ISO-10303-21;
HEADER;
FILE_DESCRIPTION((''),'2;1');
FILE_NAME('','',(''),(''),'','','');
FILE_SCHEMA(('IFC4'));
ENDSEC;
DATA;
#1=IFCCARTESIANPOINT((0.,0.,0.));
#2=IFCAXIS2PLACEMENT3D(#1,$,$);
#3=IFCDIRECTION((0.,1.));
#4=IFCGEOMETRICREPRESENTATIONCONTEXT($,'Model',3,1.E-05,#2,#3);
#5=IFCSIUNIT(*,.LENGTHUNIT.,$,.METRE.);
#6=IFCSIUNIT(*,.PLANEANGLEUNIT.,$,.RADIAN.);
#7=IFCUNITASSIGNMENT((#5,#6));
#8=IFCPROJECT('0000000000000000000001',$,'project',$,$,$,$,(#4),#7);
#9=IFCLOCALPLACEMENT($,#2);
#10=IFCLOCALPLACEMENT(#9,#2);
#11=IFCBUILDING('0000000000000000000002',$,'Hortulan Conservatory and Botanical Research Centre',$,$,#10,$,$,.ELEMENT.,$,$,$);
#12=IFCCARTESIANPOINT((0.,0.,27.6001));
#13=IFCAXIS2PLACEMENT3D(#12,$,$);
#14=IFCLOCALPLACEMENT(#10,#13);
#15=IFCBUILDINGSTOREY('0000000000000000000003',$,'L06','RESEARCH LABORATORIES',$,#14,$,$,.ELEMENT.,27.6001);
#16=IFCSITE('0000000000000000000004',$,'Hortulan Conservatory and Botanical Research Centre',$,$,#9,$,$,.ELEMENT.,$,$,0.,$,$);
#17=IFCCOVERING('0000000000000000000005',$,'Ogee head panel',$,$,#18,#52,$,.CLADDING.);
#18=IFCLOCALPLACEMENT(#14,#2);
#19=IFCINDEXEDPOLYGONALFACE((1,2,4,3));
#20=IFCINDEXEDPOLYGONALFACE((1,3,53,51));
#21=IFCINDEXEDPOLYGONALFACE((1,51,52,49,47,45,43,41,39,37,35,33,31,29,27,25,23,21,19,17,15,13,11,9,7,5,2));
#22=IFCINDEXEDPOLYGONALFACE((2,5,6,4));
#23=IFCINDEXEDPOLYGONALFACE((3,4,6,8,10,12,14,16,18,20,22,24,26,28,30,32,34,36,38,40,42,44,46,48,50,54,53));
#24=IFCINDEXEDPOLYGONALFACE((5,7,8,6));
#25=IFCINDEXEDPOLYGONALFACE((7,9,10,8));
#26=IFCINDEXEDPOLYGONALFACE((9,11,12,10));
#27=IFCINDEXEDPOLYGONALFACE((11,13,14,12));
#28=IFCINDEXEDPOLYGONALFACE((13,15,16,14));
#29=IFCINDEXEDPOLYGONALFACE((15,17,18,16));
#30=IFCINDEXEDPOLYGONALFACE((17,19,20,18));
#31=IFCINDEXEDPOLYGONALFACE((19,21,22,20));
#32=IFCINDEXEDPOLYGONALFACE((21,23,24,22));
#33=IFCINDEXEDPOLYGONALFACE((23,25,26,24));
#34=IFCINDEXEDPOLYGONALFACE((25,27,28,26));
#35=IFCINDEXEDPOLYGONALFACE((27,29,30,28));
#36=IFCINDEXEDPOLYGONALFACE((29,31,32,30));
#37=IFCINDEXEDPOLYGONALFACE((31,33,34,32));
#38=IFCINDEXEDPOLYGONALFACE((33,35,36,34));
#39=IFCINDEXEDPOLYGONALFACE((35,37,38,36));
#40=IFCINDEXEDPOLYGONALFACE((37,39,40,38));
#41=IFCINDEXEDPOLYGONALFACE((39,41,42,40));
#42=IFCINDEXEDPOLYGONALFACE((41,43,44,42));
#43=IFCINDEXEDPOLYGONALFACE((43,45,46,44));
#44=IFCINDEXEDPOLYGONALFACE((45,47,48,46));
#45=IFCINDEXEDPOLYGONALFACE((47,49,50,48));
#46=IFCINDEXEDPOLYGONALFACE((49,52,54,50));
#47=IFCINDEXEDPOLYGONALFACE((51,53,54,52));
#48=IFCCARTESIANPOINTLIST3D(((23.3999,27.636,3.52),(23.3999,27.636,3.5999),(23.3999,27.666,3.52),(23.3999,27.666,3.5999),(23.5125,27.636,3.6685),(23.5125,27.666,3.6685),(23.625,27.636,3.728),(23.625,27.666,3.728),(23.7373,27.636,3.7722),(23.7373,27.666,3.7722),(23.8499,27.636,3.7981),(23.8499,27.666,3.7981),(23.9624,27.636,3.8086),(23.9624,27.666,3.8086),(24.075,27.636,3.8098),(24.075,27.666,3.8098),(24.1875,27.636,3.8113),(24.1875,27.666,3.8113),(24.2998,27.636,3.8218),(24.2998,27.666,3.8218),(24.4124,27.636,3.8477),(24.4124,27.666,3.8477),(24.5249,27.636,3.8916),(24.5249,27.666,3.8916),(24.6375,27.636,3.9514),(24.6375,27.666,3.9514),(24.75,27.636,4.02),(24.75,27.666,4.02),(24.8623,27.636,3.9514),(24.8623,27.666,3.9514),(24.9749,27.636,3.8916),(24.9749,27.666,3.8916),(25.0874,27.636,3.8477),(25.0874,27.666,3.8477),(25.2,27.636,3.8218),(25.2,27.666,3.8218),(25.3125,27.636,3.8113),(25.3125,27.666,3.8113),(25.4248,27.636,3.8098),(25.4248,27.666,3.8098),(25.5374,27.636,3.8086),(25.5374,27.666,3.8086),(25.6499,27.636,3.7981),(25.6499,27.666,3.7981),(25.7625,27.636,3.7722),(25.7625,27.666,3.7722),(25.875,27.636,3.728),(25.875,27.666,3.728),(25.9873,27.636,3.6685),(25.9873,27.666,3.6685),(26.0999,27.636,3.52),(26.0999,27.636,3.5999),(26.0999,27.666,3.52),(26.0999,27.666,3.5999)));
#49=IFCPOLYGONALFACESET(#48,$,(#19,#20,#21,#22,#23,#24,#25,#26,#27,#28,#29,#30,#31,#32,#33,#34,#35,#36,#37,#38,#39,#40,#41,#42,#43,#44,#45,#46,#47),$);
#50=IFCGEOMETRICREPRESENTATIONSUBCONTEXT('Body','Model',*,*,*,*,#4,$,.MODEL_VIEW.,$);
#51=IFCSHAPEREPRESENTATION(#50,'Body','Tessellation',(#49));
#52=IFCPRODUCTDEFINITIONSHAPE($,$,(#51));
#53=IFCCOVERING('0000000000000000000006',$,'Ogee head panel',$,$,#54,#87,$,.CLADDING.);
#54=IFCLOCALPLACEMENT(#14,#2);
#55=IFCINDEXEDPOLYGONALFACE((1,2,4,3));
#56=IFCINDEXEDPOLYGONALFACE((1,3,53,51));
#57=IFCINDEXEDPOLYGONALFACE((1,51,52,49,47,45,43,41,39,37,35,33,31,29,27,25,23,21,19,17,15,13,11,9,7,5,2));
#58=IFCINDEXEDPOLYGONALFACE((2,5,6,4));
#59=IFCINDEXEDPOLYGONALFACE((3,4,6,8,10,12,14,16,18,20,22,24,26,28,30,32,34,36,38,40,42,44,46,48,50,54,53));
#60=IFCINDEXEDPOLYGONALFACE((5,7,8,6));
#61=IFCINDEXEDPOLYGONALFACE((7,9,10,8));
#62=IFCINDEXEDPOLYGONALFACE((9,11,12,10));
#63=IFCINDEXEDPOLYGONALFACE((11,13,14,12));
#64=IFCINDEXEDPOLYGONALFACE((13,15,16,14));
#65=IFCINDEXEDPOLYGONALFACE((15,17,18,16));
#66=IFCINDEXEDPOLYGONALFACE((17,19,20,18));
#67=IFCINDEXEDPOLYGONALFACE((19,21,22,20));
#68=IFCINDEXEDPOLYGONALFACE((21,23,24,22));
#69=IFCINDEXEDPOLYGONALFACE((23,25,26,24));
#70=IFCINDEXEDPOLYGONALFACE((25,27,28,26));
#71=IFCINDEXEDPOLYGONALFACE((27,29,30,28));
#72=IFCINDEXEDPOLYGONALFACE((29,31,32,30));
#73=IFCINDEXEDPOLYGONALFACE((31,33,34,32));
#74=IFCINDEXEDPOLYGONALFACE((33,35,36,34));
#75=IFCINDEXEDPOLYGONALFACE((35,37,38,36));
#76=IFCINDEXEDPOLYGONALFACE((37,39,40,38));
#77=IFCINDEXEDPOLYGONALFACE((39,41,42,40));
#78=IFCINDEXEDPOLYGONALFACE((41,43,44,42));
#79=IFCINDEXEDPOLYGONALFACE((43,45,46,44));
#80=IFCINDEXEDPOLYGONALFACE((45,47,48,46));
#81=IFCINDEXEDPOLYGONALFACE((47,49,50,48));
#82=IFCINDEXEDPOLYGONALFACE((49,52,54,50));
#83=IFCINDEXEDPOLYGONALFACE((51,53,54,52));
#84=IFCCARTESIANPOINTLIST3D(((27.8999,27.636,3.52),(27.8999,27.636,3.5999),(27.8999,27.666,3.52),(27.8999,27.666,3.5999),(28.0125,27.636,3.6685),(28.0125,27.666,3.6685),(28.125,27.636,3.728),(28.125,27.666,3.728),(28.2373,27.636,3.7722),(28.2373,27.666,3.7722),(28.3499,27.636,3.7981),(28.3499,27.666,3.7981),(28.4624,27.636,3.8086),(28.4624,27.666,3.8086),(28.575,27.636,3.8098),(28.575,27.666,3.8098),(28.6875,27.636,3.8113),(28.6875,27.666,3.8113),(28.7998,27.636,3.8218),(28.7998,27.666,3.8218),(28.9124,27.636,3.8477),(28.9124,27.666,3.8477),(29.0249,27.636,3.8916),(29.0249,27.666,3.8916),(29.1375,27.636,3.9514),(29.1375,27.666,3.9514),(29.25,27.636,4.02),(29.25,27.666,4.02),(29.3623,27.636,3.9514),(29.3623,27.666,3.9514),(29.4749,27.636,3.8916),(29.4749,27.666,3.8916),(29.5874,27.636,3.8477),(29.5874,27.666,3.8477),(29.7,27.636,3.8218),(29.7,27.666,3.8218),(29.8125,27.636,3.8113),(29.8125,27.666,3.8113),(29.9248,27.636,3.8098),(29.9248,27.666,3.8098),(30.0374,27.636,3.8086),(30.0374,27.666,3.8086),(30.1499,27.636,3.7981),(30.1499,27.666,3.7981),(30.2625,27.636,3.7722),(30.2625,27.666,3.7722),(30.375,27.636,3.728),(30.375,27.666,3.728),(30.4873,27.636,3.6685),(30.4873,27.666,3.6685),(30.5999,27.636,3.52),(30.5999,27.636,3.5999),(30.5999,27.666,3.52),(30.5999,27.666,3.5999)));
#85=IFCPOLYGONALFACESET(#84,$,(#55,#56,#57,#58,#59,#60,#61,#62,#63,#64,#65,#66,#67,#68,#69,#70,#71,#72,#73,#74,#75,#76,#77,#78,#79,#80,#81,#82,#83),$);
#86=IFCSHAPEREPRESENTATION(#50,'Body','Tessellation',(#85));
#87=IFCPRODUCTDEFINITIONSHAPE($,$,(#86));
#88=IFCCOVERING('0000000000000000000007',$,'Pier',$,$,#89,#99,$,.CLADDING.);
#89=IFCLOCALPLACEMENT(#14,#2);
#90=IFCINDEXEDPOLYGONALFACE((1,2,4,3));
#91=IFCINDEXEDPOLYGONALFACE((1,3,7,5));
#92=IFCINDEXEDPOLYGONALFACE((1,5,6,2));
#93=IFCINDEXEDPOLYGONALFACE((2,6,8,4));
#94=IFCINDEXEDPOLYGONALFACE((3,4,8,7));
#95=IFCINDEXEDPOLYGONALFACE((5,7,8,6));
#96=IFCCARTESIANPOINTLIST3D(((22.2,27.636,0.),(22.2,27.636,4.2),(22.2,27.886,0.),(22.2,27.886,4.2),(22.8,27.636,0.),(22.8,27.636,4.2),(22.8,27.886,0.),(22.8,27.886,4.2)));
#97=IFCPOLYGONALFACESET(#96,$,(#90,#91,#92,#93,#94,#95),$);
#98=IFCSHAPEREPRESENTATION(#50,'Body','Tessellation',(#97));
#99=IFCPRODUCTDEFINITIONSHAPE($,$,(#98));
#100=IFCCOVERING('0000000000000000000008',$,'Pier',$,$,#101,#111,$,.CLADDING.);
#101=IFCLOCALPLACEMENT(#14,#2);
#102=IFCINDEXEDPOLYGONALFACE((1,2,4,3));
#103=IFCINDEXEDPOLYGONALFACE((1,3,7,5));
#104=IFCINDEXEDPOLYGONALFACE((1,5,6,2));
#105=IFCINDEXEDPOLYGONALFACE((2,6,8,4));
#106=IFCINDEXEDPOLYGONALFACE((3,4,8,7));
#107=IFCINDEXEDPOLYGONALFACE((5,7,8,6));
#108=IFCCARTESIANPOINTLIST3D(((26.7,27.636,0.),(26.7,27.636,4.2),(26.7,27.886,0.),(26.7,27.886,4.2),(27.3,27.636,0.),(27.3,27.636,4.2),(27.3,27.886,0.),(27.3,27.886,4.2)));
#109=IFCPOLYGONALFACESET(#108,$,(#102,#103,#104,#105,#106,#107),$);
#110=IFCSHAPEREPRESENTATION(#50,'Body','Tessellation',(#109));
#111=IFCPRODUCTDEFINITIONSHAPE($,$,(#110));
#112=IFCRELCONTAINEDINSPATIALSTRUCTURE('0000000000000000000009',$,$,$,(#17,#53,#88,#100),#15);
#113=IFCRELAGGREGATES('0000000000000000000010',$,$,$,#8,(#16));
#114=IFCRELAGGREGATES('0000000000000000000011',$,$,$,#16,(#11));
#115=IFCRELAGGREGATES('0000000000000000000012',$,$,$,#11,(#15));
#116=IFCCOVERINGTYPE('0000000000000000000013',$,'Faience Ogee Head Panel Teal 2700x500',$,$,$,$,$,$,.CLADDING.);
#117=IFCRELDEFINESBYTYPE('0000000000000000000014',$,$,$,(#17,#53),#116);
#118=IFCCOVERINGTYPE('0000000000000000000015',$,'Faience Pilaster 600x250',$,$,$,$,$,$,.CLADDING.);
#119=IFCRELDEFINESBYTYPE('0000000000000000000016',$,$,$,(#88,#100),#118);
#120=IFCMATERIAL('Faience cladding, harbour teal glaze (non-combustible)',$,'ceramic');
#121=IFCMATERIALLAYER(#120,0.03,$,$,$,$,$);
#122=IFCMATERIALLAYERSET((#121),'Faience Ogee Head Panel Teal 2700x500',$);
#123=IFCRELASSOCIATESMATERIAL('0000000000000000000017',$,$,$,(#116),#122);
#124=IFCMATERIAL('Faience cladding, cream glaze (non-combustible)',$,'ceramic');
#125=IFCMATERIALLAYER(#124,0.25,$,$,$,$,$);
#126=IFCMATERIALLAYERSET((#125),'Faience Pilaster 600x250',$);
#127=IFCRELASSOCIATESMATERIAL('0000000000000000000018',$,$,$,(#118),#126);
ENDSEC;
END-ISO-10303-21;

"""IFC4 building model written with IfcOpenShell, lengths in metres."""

from ifc_helpers import new_model, si_unit, direction, frame, origin, origin_2d, place, context, subcontext, project, spatial, polyline, rectangle, outline, extrude, material, layer, layer_set, type_object, element, save


model = new_model("IFC4")

# Units and contexts
model_context = context("Model", 3, precision=1e-05, world=origin(), true_north=direction((0.0, 1.0)))
body_context = subcontext(model_context, "Body", "Model", "MODEL_VIEW")
ifc_project = project(units=[si_unit("LENGTHUNIT", "METRE"), si_unit("PLANEANGLEUNIT", "RADIAN")], contexts=[model_context])

# Site, building, storey
site_placement = place(None, origin())
site = spatial("IfcSite", under=ifc_project, at=site_placement, Name="Hortulan Conservatory and Botanical Research Centre", CompositionType="ELEMENT", RefElevation=0.0)
building_placement = place(site_placement, origin())
building = spatial("IfcBuilding", under=site, at=building_placement, Name="Hortulan Conservatory and Botanical Research Centre", CompositionType="ELEMENT")
storey_placement = place(building_placement, frame((0.0, 0.0, 27.6001)))
storey = spatial("IfcBuildingStorey", under=building, at=storey_placement, Name="L06", Description="RESEARCH LABORATORIES", CompositionType="ELEMENT", Elevation=27.6001)

# Coverings
ifc_material_1 = material(Name="Faience cladding, harbour teal glaze (non-combustible)", Category="ceramic")
ifc_layer_1 = layer(ifc_material_1, 0.03)
ifc_layer_set_1 = layer_set([ifc_layer_1], Name="Faience Ogee Head Panel Teal 2700x500")
covering_type_1 = type_object("IfcCoveringType", Name="Faience Ogee Head Panel Teal 2700x500", PredefinedType="CLADDING", material=ifc_layer_set_1)
for number, where, z_axis, x_axis, name in (
    (1, (23.3999, 27.6509, 3.52), (0.0, 0.0, 1.0), (1.0, 0.0, 0.0), "Ogee head panel"),
    (2, (27.8999, 27.6509, 3.52), (0.0, 0.0, 1.0), (1.0, 0.0, 0.0), "Ogee head panel"),
):
    element("IfcCovering", number, at=place(storey_placement, frame(where, z_axis=z_axis, x_axis=x_axis)), inside=storey, type_object=covering_type_1, Name=name, PredefinedType="CLADDING", context=body_context, shape_type="SweptSolid", body=[
        extrude(outline(polyline([(0.0, 0.0), (2.7, 0.0), (2.7, 0.0798), (2.5874, 0.1484), (2.4751, 0.208), (2.3625, 0.2522), (2.25, 0.2781), (2.1375, 0.2886), (2.0249, 0.2898), (1.9126, 0.2913), (1.8, 0.3018), (1.6875, 0.3276), (1.575, 0.3716), (1.4624, 0.4314), (1.3501, 0.5), (1.2375, 0.4314), (1.125, 0.3716), (1.0125, 0.3276), (0.8999, 0.3018), (0.7876, 0.2913), (0.675, 0.2898), (0.5625, 0.2886), (0.45, 0.2781), (0.3374, 0.2522), (0.2251, 0.208), (0.1125, 0.1484), (0.0, 0.0798), (0.0, 0.0)])), frame((0.0, 0.0151, 0.0), z_axis=(0.0, -1.0, 0.0), x_axis=(1.0, 0.0, 0.0)), (0.0, 0.0, 1.0), 0.03),
    ])
ifc_material_2 = material(Name="Faience cladding, cream glaze (non-combustible)", Category="ceramic")
ifc_layer_2 = layer(ifc_material_2, 0.25)
ifc_layer_set_2 = layer_set([ifc_layer_2], Name="Faience Pilaster 600x250")
covering_type_2 = type_object("IfcCoveringType", Name="Faience Pilaster 600x250", PredefinedType="CLADDING", material=ifc_layer_set_2)
for number, where, z_axis, x_axis, name in (
    (3, (22.5, 27.761, 0.0), (0.0, 0.0, 1.0), (1.0, 0.0, 0.0), "Pier"),
    (4, (27.0, 27.761, 0.0), (0.0, 0.0, 1.0), (1.0, 0.0, 0.0), "Pier"),
):
    element("IfcCovering", number, at=place(storey_placement, frame(where, z_axis=z_axis, x_axis=x_axis)), inside=storey, type_object=covering_type_2, Name=name, PredefinedType="CLADDING", context=body_context, shape_type="SweptSolid", body=[
        extrude(rectangle(XDim=0.6001, YDim=0.25, at=origin_2d()), origin(), (0.0, 0.0, 1.0), 4.2),
    ])

save(model, "model.ifc")
